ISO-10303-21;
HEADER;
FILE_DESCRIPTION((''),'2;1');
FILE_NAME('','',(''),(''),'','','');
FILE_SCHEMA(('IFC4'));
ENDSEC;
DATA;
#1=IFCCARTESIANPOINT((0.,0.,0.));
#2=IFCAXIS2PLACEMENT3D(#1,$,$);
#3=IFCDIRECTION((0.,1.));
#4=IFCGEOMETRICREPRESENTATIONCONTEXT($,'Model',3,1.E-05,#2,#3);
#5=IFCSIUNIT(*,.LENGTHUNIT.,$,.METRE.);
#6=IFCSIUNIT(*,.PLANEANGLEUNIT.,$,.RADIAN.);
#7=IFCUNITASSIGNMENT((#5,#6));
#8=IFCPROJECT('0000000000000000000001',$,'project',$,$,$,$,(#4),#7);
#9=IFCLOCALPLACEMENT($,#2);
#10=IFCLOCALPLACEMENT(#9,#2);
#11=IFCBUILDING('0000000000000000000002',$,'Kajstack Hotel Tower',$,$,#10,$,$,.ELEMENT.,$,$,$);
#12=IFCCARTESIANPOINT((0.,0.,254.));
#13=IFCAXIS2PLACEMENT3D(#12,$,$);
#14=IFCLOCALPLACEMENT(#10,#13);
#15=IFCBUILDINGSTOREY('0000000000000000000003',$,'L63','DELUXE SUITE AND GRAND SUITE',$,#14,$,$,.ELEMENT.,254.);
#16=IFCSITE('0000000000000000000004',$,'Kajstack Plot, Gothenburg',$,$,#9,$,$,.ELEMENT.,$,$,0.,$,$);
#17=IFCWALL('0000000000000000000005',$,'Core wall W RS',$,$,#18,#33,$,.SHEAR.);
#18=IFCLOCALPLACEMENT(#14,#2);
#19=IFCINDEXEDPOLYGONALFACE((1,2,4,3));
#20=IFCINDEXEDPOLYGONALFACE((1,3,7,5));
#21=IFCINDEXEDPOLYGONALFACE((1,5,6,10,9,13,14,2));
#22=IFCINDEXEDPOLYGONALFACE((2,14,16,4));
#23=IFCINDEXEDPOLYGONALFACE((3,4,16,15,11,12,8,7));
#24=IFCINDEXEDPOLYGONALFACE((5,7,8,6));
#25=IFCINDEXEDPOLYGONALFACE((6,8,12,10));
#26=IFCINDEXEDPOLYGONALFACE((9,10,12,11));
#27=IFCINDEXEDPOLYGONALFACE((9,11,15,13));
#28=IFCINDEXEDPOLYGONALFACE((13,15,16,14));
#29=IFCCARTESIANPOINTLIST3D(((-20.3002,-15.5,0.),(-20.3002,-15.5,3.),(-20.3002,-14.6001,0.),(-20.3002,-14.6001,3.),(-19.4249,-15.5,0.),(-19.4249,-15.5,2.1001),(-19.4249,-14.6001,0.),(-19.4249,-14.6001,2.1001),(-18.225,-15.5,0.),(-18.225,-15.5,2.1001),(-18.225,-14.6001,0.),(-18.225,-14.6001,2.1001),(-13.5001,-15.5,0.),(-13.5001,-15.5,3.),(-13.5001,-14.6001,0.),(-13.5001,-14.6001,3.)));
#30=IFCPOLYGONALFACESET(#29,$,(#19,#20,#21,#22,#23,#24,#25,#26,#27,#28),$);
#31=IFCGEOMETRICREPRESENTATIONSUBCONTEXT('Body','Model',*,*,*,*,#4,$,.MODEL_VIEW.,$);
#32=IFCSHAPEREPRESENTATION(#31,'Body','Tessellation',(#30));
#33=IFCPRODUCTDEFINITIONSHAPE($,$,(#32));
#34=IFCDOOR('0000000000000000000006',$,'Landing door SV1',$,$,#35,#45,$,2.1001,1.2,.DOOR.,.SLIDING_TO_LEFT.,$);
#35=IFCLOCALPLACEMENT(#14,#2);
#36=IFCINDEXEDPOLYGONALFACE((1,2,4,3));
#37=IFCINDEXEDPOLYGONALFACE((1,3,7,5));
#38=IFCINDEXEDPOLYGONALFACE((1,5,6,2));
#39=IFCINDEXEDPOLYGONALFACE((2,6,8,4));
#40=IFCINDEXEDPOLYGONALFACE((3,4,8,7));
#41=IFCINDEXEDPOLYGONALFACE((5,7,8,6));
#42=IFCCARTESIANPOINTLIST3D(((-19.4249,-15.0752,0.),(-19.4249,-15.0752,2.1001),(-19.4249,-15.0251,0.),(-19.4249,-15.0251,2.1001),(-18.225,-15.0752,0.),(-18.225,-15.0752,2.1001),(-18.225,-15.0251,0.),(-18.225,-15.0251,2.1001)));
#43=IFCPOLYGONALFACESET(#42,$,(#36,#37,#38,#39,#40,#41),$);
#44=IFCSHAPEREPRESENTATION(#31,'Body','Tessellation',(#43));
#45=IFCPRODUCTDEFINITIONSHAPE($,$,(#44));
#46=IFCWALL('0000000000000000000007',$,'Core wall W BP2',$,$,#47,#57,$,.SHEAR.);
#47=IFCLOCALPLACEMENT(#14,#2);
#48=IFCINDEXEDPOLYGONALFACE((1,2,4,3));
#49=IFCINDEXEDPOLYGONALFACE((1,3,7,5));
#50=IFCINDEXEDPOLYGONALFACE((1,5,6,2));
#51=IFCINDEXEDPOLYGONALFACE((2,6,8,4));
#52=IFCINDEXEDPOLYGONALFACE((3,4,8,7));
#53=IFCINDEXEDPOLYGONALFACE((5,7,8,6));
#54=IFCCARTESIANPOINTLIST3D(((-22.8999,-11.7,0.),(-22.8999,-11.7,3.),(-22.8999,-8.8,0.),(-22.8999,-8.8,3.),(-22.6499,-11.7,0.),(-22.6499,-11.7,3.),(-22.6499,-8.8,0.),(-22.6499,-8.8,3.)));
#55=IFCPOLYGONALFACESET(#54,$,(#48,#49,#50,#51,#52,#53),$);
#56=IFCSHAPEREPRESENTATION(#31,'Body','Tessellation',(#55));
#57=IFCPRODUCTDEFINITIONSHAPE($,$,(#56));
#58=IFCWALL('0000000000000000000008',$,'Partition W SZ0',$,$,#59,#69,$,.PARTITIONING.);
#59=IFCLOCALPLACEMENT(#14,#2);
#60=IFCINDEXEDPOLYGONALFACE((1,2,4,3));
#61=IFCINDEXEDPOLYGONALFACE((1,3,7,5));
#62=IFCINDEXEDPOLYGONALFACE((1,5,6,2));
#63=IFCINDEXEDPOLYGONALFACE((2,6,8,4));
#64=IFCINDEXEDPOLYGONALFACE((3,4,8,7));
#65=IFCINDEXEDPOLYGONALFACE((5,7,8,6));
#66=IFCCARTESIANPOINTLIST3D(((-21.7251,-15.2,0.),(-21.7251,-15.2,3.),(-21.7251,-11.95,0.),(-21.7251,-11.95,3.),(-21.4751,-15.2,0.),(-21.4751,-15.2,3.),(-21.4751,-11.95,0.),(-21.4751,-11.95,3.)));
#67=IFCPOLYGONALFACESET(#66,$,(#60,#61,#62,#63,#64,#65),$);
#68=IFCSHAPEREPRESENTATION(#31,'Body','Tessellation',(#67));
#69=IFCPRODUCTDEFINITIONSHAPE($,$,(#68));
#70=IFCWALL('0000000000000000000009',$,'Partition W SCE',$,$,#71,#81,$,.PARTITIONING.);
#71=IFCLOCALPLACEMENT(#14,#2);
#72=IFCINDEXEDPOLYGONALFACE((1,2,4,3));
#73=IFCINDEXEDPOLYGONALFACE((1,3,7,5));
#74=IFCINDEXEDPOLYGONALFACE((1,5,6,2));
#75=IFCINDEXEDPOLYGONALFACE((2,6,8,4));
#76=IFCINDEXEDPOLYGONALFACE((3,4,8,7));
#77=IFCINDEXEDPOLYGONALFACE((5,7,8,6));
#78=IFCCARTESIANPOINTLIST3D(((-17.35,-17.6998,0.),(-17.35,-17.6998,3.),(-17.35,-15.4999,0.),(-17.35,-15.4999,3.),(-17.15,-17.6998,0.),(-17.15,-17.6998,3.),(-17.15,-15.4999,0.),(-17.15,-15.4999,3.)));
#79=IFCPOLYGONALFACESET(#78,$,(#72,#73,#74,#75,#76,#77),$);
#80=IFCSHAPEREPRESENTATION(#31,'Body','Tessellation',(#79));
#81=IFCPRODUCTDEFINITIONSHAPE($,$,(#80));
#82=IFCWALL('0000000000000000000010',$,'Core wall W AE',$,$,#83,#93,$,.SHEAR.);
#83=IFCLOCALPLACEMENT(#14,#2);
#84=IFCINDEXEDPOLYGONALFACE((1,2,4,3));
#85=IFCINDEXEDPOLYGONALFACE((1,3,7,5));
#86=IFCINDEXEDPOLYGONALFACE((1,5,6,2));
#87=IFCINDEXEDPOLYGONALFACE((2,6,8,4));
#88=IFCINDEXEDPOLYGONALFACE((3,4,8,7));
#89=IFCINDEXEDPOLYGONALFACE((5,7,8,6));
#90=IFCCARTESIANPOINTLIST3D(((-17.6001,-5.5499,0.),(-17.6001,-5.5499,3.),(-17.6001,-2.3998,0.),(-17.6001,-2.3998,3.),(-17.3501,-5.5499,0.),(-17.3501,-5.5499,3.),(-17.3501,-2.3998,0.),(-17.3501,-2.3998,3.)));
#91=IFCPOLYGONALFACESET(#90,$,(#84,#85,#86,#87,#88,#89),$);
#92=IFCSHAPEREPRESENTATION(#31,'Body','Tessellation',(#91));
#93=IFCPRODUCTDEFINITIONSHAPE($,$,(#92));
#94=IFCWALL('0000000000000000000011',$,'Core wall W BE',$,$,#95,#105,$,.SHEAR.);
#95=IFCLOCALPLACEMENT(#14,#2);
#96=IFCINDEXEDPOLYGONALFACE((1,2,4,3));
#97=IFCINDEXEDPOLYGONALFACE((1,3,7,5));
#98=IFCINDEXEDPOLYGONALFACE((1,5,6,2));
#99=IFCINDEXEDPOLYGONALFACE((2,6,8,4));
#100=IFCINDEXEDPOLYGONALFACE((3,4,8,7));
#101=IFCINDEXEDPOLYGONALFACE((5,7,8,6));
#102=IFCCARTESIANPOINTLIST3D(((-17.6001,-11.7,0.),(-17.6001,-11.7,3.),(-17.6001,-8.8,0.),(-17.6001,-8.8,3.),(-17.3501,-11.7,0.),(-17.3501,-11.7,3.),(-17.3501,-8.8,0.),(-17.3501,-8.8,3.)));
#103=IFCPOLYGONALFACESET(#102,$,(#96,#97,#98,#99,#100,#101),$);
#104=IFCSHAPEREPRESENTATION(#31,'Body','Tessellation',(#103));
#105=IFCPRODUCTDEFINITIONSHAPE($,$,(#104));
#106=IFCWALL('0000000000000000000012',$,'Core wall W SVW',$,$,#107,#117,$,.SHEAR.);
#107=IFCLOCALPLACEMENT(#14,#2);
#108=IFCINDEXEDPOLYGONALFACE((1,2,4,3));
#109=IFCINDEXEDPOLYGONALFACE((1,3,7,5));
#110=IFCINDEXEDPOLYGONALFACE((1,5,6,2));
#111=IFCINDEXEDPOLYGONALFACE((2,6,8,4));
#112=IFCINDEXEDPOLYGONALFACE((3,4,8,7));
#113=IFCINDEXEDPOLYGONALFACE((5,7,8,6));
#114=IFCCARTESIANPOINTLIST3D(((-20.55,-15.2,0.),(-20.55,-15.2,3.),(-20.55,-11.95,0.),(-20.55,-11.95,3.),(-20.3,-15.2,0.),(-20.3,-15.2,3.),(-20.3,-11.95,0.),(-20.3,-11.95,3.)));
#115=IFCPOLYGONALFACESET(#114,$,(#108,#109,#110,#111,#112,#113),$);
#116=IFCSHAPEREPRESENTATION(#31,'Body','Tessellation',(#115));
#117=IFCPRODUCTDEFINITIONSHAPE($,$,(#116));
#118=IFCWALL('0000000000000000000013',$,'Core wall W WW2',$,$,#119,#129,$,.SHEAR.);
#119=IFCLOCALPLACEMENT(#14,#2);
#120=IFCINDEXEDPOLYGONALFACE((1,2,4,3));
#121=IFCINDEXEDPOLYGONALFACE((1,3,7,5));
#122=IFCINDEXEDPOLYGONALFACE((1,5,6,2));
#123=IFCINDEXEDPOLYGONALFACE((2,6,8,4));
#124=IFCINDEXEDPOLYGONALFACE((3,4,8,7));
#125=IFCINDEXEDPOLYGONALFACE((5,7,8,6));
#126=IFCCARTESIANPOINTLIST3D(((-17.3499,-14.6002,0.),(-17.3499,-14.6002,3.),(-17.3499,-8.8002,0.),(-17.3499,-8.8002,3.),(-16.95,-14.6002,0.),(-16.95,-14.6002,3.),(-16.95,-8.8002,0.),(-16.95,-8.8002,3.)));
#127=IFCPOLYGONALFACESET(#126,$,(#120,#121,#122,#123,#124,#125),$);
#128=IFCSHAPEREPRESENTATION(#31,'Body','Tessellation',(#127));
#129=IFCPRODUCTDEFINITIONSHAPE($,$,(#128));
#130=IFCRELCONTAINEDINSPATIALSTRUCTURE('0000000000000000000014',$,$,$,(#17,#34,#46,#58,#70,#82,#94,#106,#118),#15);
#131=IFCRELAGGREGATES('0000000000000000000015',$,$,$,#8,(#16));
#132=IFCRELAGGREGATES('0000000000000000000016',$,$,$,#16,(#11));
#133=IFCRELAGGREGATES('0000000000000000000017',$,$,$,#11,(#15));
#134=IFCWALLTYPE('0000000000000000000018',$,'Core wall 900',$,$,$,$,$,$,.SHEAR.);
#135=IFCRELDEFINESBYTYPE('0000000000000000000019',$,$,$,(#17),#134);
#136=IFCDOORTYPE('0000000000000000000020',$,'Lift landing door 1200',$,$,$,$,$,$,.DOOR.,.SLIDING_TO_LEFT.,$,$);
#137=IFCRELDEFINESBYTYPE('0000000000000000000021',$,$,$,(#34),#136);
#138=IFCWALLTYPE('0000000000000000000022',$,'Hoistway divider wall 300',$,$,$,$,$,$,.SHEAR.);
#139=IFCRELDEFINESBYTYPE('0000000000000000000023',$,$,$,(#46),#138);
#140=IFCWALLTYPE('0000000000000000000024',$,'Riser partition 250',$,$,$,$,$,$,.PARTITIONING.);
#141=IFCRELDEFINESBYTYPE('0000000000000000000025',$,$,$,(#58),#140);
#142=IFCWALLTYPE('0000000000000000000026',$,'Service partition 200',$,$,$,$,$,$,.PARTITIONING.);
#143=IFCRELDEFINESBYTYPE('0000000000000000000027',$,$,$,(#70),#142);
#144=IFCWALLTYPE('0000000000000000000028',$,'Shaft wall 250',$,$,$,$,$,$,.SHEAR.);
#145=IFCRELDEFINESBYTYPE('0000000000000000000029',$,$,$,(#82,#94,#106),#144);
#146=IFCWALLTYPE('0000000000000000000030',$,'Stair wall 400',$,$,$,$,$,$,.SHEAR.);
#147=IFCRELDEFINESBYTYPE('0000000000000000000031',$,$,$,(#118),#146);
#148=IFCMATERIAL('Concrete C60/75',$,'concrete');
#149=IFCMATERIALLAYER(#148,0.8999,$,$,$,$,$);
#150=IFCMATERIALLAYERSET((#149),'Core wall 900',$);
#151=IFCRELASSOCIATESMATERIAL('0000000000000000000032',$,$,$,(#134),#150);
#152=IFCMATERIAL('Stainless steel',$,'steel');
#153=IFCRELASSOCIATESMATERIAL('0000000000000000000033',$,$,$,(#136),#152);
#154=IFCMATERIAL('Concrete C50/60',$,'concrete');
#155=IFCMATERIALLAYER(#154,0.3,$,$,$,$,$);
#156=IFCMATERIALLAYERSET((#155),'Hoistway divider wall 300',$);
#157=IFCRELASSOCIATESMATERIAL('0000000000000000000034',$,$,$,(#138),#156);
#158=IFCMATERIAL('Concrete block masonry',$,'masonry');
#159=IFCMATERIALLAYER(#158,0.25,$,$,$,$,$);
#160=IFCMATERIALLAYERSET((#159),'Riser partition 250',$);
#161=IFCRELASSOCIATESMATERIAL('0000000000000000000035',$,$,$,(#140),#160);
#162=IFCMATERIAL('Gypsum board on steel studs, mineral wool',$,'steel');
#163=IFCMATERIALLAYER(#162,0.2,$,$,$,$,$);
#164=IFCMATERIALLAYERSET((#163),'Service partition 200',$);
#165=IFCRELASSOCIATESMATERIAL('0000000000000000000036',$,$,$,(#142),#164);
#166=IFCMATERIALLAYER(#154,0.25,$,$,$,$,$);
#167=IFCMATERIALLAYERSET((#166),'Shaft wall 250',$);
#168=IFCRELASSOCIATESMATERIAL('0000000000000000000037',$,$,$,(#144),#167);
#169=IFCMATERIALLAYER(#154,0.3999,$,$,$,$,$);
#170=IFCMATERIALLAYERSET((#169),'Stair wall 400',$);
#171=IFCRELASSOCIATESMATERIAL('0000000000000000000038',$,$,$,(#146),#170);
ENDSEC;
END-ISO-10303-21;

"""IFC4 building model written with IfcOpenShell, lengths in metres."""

from ifc_helpers import new_model, si_unit, direction, frame, frame_2d, origin, place, context, subcontext, project, spatial, rectangle, extrude, material, layer, layer_set, type_object, element, fill, save


model = new_model("IFC4")

# Units and contexts
model_context = context("Model", 3, precision=1e-05, world=origin(), true_north=direction((0.0, 1.0)))
body_context = subcontext(model_context, "Body", "Model", "MODEL_VIEW")
ifc_project = project(units=[si_unit("LENGTHUNIT", "METRE"), si_unit("PLANEANGLEUNIT", "RADIAN")], contexts=[model_context])

# Site, building, storey
site_placement = place(None, origin())
site = spatial("IfcSite", under=ifc_project, at=site_placement, Name="Kajstack Plot, Gothenburg", CompositionType="ELEMENT", RefElevation=0.0)
building_placement = place(site_placement, origin())
building = spatial("IfcBuilding", under=site, at=building_placement, Name="Kajstack Hotel Tower", CompositionType="ELEMENT")
storey_placement = place(building_placement, frame((0.0, 0.0, 254.0)))
storey = spatial("IfcBuildingStorey", under=building, at=storey_placement, Name="L63", Description="DELUXE SUITE AND GRAND SUITE", CompositionType="ELEMENT", Elevation=254.0)

# Wall, opening, door
ifc_material_1 = material(Name="Concrete C60/75", Category="concrete")
ifc_layer_1 = layer(ifc_material_1, 0.8999)
ifc_layer_set_1 = layer_set([ifc_layer_1], Name="Core wall 900")
wall_type_1 = type_object("IfcWallType", Name="Core wall 900", PredefinedType="SHEAR", material=ifc_layer_set_1)
wall_1_placement = place(storey_placement, frame((-20.3, -15.05, 0.0), z_axis=(0.0, 0.0, 1.0), x_axis=(1.0, 0.0, 0.0)))
wall_1 = element("IfcWall", 1, at=wall_1_placement, inside=storey, type_object=wall_type_1, Name="Core wall W RS", PredefinedType="SHEAR", context=body_context, shape_type="SweptSolid", body=[
    extrude(rectangle(XDim=6.8, YDim=0.8999, at=frame_2d((3.3999, 0.0))), origin(), (0.0, 0.0, 1.0), 3.0),
])
opening_placement = place(wall_1_placement, frame((0.875, 0.0, 0.0)))
opening = element("IfcOpeningElement", 2, at=opening_placement, cuts=wall_1, PredefinedType="OPENING", context=body_context, shape_type="SweptSolid", body=[
    extrude(rectangle(XDim=1.2, YDim=2.1001, at=frame_2d((0.6001, 1.05))), frame((0.0, 0.46, 0.0), z_axis=(0.0, -1.0, 0.0), x_axis=(1.0, 0.0, 0.0)), (0.0, 0.0, 1.0), 0.9199),
])
ifc_material_2 = material(Name="Stainless steel", Category="steel")
door_type = type_object("IfcDoorType", Name="Lift landing door 1200", OperationType="SLIDING_TO_LEFT", PredefinedType="DOOR", material=ifc_material_2)
door_placement = place(opening_placement, origin())
door = element("IfcDoor", 3, at=door_placement, inside=storey, type_object=door_type, Name="Landing door SV1", OperationType="SLIDING_TO_LEFT", OverallHeight=2.1001, OverallWidth=1.2, PredefinedType="DOOR", context=body_context, shape_type="SweptSolid", body=[
    extrude(rectangle(XDim=1.2, YDim=2.1001, at=frame_2d((0.6001, 1.05))), frame((0.0, 0.0249, 0.0), z_axis=(0.0, -1.0, 0.0), x_axis=(1.0, 0.0, 0.0)), (0.0, 0.0, 1.0), 0.05),
])
fill(opening, door)

# Walls
ifc_material_3 = material(Name="Concrete C50/60", Category="concrete")
ifc_layer_2 = layer(ifc_material_3, 0.3)
ifc_layer_set_2 = layer_set([ifc_layer_2], Name="Hoistway divider wall 300")
wall_type_2 = type_object("IfcWallType", Name="Hoistway divider wall 300", PredefinedType="SHEAR", material=ifc_layer_set_2)
wall_2_placement = place(storey_placement, frame((-22.7749, -11.7, 0.0), z_axis=(0.0, 0.0, 1.0), x_axis=(0.0, 1.0, 0.0)))
element("IfcWall", 4, at=wall_2_placement, inside=storey, type_object=wall_type_2, Name="Core wall W BP2", PredefinedType="SHEAR", context=body_context, shape_type="SweptSolid", body=[
    extrude(rectangle(XDim=2.8999, YDim=0.25, at=frame_2d((1.45, 0.0))), origin(), (0.0, 0.0, 1.0), 3.0),
])
ifc_material_4 = material(Name="Concrete block masonry", Category="masonry")
ifc_layer_3 = layer(ifc_material_4, 0.25)
ifc_layer_set_3 = layer_set([ifc_layer_3], Name="Riser partition 250")
wall_type_3 = type_object("IfcWallType", Name="Riser partition 250", PredefinedType="PARTITIONING", material=ifc_layer_set_3)
wall_3_placement = place(storey_placement, frame((-21.6001, -15.2, 0.0), z_axis=(0.0, 0.0, 1.0), x_axis=(0.0, 1.0, 0.0)))
element("IfcWall", 5, at=wall_3_placement, inside=storey, type_object=wall_type_3, Name="Partition W SZ0", PredefinedType="PARTITIONING", context=body_context, shape_type="SweptSolid", body=[
    extrude(rectangle(XDim=3.25, YDim=0.25, at=frame_2d((1.625, 0.0))), origin(), (0.0, 0.0, 1.0), 3.0),
])
ifc_material_5 = material(Name="Gypsum board on steel studs, mineral wool", Category="steel")
ifc_layer_4 = layer(ifc_material_5, 0.2)
ifc_layer_set_4 = layer_set([ifc_layer_4], Name="Service partition 200")
wall_type_4 = type_object("IfcWallType", Name="Service partition 200", PredefinedType="PARTITIONING", material=ifc_layer_set_4)
wall_4_placement = place(storey_placement, frame((-17.25, -17.7, 0.0), z_axis=(0.0, 0.0, 1.0), x_axis=(0.0, 1.0, 0.0)))
element("IfcWall", 6, at=wall_4_placement, inside=storey, type_object=wall_type_4, Name="Partition W SCE", PredefinedType="PARTITIONING", context=body_context, shape_type="SweptSolid", body=[
    extrude(rectangle(XDim=2.2, YDim=0.2, at=frame_2d((1.1001, 0.0))), origin(), (0.0, 0.0, 1.0), 3.0),
])
ifc_layer_5 = layer(ifc_material_3, 0.25)
ifc_layer_set_5 = layer_set([ifc_layer_5], Name="Shaft wall 250")
wall_type_5 = type_object("IfcWallType", Name="Shaft wall 250", PredefinedType="SHEAR", material=ifc_layer_set_5)
wall_5_placement = place(storey_placement, frame((-17.4751, -5.55, 0.0), z_axis=(0.0, 0.0, 1.0), x_axis=(0.0, 1.0, 0.0)))
element("IfcWall", 7, at=wall_5_placement, inside=storey, type_object=wall_type_5, Name="Core wall W AE", PredefinedType="SHEAR", context=body_context, shape_type="SweptSolid", body=[
    extrude(rectangle(XDim=3.1501, YDim=0.25, at=frame_2d((1.5752, 0.0))), origin(), (0.0, 0.0, 1.0), 3.0),
])
wall_6_placement = place(storey_placement, frame((-17.4751, -11.7, 0.0), z_axis=(0.0, 0.0, 1.0), x_axis=(0.0, 1.0, 0.0)))
element("IfcWall", 8, at=wall_6_placement, inside=storey, type_object=wall_type_5, Name="Core wall W BE", PredefinedType="SHEAR", context=body_context, shape_type="SweptSolid", body=[
    extrude(rectangle(XDim=2.8999, YDim=0.25, at=frame_2d((1.45, 0.0))), origin(), (0.0, 0.0, 1.0), 3.0),
])
wall_7_placement = place(storey_placement, frame((-20.425, -15.2, 0.0), z_axis=(0.0, 0.0, 1.0), x_axis=(0.0, 1.0, 0.0)))
element("IfcWall", 9, at=wall_7_placement, inside=storey, type_object=wall_type_5, Name="Core wall W SVW", PredefinedType="SHEAR", context=body_context, shape_type="SweptSolid", body=[
    extrude(rectangle(XDim=3.25, YDim=0.25, at=frame_2d((1.625, 0.0))), origin(), (0.0, 0.0, 1.0), 3.0),
])
ifc_layer_6 = layer(ifc_material_3, 0.3999)
ifc_layer_set_6 = layer_set([ifc_layer_6], Name="Stair wall 400")
wall_type_6 = type_object("IfcWallType", Name="Stair wall 400", PredefinedType="SHEAR", material=ifc_layer_set_6)
wall_8_placement = place(storey_placement, frame((-17.1499, -14.6001, 0.0), z_axis=(0.0, 0.0, 1.0), x_axis=(0.0, 1.0, 0.0)))
element("IfcWall", 10, at=wall_8_placement, inside=storey, type_object=wall_type_6, Name="Core wall W WW2", PredefinedType="SHEAR", context=body_context, shape_type="SweptSolid", body=[
    extrude(rectangle(XDim=5.8, YDim=0.3999, at=frame_2d((2.8999, 0.0))), origin(), (0.0, 0.0, 1.0), 3.0),
])

save(model, "model.ifc")
